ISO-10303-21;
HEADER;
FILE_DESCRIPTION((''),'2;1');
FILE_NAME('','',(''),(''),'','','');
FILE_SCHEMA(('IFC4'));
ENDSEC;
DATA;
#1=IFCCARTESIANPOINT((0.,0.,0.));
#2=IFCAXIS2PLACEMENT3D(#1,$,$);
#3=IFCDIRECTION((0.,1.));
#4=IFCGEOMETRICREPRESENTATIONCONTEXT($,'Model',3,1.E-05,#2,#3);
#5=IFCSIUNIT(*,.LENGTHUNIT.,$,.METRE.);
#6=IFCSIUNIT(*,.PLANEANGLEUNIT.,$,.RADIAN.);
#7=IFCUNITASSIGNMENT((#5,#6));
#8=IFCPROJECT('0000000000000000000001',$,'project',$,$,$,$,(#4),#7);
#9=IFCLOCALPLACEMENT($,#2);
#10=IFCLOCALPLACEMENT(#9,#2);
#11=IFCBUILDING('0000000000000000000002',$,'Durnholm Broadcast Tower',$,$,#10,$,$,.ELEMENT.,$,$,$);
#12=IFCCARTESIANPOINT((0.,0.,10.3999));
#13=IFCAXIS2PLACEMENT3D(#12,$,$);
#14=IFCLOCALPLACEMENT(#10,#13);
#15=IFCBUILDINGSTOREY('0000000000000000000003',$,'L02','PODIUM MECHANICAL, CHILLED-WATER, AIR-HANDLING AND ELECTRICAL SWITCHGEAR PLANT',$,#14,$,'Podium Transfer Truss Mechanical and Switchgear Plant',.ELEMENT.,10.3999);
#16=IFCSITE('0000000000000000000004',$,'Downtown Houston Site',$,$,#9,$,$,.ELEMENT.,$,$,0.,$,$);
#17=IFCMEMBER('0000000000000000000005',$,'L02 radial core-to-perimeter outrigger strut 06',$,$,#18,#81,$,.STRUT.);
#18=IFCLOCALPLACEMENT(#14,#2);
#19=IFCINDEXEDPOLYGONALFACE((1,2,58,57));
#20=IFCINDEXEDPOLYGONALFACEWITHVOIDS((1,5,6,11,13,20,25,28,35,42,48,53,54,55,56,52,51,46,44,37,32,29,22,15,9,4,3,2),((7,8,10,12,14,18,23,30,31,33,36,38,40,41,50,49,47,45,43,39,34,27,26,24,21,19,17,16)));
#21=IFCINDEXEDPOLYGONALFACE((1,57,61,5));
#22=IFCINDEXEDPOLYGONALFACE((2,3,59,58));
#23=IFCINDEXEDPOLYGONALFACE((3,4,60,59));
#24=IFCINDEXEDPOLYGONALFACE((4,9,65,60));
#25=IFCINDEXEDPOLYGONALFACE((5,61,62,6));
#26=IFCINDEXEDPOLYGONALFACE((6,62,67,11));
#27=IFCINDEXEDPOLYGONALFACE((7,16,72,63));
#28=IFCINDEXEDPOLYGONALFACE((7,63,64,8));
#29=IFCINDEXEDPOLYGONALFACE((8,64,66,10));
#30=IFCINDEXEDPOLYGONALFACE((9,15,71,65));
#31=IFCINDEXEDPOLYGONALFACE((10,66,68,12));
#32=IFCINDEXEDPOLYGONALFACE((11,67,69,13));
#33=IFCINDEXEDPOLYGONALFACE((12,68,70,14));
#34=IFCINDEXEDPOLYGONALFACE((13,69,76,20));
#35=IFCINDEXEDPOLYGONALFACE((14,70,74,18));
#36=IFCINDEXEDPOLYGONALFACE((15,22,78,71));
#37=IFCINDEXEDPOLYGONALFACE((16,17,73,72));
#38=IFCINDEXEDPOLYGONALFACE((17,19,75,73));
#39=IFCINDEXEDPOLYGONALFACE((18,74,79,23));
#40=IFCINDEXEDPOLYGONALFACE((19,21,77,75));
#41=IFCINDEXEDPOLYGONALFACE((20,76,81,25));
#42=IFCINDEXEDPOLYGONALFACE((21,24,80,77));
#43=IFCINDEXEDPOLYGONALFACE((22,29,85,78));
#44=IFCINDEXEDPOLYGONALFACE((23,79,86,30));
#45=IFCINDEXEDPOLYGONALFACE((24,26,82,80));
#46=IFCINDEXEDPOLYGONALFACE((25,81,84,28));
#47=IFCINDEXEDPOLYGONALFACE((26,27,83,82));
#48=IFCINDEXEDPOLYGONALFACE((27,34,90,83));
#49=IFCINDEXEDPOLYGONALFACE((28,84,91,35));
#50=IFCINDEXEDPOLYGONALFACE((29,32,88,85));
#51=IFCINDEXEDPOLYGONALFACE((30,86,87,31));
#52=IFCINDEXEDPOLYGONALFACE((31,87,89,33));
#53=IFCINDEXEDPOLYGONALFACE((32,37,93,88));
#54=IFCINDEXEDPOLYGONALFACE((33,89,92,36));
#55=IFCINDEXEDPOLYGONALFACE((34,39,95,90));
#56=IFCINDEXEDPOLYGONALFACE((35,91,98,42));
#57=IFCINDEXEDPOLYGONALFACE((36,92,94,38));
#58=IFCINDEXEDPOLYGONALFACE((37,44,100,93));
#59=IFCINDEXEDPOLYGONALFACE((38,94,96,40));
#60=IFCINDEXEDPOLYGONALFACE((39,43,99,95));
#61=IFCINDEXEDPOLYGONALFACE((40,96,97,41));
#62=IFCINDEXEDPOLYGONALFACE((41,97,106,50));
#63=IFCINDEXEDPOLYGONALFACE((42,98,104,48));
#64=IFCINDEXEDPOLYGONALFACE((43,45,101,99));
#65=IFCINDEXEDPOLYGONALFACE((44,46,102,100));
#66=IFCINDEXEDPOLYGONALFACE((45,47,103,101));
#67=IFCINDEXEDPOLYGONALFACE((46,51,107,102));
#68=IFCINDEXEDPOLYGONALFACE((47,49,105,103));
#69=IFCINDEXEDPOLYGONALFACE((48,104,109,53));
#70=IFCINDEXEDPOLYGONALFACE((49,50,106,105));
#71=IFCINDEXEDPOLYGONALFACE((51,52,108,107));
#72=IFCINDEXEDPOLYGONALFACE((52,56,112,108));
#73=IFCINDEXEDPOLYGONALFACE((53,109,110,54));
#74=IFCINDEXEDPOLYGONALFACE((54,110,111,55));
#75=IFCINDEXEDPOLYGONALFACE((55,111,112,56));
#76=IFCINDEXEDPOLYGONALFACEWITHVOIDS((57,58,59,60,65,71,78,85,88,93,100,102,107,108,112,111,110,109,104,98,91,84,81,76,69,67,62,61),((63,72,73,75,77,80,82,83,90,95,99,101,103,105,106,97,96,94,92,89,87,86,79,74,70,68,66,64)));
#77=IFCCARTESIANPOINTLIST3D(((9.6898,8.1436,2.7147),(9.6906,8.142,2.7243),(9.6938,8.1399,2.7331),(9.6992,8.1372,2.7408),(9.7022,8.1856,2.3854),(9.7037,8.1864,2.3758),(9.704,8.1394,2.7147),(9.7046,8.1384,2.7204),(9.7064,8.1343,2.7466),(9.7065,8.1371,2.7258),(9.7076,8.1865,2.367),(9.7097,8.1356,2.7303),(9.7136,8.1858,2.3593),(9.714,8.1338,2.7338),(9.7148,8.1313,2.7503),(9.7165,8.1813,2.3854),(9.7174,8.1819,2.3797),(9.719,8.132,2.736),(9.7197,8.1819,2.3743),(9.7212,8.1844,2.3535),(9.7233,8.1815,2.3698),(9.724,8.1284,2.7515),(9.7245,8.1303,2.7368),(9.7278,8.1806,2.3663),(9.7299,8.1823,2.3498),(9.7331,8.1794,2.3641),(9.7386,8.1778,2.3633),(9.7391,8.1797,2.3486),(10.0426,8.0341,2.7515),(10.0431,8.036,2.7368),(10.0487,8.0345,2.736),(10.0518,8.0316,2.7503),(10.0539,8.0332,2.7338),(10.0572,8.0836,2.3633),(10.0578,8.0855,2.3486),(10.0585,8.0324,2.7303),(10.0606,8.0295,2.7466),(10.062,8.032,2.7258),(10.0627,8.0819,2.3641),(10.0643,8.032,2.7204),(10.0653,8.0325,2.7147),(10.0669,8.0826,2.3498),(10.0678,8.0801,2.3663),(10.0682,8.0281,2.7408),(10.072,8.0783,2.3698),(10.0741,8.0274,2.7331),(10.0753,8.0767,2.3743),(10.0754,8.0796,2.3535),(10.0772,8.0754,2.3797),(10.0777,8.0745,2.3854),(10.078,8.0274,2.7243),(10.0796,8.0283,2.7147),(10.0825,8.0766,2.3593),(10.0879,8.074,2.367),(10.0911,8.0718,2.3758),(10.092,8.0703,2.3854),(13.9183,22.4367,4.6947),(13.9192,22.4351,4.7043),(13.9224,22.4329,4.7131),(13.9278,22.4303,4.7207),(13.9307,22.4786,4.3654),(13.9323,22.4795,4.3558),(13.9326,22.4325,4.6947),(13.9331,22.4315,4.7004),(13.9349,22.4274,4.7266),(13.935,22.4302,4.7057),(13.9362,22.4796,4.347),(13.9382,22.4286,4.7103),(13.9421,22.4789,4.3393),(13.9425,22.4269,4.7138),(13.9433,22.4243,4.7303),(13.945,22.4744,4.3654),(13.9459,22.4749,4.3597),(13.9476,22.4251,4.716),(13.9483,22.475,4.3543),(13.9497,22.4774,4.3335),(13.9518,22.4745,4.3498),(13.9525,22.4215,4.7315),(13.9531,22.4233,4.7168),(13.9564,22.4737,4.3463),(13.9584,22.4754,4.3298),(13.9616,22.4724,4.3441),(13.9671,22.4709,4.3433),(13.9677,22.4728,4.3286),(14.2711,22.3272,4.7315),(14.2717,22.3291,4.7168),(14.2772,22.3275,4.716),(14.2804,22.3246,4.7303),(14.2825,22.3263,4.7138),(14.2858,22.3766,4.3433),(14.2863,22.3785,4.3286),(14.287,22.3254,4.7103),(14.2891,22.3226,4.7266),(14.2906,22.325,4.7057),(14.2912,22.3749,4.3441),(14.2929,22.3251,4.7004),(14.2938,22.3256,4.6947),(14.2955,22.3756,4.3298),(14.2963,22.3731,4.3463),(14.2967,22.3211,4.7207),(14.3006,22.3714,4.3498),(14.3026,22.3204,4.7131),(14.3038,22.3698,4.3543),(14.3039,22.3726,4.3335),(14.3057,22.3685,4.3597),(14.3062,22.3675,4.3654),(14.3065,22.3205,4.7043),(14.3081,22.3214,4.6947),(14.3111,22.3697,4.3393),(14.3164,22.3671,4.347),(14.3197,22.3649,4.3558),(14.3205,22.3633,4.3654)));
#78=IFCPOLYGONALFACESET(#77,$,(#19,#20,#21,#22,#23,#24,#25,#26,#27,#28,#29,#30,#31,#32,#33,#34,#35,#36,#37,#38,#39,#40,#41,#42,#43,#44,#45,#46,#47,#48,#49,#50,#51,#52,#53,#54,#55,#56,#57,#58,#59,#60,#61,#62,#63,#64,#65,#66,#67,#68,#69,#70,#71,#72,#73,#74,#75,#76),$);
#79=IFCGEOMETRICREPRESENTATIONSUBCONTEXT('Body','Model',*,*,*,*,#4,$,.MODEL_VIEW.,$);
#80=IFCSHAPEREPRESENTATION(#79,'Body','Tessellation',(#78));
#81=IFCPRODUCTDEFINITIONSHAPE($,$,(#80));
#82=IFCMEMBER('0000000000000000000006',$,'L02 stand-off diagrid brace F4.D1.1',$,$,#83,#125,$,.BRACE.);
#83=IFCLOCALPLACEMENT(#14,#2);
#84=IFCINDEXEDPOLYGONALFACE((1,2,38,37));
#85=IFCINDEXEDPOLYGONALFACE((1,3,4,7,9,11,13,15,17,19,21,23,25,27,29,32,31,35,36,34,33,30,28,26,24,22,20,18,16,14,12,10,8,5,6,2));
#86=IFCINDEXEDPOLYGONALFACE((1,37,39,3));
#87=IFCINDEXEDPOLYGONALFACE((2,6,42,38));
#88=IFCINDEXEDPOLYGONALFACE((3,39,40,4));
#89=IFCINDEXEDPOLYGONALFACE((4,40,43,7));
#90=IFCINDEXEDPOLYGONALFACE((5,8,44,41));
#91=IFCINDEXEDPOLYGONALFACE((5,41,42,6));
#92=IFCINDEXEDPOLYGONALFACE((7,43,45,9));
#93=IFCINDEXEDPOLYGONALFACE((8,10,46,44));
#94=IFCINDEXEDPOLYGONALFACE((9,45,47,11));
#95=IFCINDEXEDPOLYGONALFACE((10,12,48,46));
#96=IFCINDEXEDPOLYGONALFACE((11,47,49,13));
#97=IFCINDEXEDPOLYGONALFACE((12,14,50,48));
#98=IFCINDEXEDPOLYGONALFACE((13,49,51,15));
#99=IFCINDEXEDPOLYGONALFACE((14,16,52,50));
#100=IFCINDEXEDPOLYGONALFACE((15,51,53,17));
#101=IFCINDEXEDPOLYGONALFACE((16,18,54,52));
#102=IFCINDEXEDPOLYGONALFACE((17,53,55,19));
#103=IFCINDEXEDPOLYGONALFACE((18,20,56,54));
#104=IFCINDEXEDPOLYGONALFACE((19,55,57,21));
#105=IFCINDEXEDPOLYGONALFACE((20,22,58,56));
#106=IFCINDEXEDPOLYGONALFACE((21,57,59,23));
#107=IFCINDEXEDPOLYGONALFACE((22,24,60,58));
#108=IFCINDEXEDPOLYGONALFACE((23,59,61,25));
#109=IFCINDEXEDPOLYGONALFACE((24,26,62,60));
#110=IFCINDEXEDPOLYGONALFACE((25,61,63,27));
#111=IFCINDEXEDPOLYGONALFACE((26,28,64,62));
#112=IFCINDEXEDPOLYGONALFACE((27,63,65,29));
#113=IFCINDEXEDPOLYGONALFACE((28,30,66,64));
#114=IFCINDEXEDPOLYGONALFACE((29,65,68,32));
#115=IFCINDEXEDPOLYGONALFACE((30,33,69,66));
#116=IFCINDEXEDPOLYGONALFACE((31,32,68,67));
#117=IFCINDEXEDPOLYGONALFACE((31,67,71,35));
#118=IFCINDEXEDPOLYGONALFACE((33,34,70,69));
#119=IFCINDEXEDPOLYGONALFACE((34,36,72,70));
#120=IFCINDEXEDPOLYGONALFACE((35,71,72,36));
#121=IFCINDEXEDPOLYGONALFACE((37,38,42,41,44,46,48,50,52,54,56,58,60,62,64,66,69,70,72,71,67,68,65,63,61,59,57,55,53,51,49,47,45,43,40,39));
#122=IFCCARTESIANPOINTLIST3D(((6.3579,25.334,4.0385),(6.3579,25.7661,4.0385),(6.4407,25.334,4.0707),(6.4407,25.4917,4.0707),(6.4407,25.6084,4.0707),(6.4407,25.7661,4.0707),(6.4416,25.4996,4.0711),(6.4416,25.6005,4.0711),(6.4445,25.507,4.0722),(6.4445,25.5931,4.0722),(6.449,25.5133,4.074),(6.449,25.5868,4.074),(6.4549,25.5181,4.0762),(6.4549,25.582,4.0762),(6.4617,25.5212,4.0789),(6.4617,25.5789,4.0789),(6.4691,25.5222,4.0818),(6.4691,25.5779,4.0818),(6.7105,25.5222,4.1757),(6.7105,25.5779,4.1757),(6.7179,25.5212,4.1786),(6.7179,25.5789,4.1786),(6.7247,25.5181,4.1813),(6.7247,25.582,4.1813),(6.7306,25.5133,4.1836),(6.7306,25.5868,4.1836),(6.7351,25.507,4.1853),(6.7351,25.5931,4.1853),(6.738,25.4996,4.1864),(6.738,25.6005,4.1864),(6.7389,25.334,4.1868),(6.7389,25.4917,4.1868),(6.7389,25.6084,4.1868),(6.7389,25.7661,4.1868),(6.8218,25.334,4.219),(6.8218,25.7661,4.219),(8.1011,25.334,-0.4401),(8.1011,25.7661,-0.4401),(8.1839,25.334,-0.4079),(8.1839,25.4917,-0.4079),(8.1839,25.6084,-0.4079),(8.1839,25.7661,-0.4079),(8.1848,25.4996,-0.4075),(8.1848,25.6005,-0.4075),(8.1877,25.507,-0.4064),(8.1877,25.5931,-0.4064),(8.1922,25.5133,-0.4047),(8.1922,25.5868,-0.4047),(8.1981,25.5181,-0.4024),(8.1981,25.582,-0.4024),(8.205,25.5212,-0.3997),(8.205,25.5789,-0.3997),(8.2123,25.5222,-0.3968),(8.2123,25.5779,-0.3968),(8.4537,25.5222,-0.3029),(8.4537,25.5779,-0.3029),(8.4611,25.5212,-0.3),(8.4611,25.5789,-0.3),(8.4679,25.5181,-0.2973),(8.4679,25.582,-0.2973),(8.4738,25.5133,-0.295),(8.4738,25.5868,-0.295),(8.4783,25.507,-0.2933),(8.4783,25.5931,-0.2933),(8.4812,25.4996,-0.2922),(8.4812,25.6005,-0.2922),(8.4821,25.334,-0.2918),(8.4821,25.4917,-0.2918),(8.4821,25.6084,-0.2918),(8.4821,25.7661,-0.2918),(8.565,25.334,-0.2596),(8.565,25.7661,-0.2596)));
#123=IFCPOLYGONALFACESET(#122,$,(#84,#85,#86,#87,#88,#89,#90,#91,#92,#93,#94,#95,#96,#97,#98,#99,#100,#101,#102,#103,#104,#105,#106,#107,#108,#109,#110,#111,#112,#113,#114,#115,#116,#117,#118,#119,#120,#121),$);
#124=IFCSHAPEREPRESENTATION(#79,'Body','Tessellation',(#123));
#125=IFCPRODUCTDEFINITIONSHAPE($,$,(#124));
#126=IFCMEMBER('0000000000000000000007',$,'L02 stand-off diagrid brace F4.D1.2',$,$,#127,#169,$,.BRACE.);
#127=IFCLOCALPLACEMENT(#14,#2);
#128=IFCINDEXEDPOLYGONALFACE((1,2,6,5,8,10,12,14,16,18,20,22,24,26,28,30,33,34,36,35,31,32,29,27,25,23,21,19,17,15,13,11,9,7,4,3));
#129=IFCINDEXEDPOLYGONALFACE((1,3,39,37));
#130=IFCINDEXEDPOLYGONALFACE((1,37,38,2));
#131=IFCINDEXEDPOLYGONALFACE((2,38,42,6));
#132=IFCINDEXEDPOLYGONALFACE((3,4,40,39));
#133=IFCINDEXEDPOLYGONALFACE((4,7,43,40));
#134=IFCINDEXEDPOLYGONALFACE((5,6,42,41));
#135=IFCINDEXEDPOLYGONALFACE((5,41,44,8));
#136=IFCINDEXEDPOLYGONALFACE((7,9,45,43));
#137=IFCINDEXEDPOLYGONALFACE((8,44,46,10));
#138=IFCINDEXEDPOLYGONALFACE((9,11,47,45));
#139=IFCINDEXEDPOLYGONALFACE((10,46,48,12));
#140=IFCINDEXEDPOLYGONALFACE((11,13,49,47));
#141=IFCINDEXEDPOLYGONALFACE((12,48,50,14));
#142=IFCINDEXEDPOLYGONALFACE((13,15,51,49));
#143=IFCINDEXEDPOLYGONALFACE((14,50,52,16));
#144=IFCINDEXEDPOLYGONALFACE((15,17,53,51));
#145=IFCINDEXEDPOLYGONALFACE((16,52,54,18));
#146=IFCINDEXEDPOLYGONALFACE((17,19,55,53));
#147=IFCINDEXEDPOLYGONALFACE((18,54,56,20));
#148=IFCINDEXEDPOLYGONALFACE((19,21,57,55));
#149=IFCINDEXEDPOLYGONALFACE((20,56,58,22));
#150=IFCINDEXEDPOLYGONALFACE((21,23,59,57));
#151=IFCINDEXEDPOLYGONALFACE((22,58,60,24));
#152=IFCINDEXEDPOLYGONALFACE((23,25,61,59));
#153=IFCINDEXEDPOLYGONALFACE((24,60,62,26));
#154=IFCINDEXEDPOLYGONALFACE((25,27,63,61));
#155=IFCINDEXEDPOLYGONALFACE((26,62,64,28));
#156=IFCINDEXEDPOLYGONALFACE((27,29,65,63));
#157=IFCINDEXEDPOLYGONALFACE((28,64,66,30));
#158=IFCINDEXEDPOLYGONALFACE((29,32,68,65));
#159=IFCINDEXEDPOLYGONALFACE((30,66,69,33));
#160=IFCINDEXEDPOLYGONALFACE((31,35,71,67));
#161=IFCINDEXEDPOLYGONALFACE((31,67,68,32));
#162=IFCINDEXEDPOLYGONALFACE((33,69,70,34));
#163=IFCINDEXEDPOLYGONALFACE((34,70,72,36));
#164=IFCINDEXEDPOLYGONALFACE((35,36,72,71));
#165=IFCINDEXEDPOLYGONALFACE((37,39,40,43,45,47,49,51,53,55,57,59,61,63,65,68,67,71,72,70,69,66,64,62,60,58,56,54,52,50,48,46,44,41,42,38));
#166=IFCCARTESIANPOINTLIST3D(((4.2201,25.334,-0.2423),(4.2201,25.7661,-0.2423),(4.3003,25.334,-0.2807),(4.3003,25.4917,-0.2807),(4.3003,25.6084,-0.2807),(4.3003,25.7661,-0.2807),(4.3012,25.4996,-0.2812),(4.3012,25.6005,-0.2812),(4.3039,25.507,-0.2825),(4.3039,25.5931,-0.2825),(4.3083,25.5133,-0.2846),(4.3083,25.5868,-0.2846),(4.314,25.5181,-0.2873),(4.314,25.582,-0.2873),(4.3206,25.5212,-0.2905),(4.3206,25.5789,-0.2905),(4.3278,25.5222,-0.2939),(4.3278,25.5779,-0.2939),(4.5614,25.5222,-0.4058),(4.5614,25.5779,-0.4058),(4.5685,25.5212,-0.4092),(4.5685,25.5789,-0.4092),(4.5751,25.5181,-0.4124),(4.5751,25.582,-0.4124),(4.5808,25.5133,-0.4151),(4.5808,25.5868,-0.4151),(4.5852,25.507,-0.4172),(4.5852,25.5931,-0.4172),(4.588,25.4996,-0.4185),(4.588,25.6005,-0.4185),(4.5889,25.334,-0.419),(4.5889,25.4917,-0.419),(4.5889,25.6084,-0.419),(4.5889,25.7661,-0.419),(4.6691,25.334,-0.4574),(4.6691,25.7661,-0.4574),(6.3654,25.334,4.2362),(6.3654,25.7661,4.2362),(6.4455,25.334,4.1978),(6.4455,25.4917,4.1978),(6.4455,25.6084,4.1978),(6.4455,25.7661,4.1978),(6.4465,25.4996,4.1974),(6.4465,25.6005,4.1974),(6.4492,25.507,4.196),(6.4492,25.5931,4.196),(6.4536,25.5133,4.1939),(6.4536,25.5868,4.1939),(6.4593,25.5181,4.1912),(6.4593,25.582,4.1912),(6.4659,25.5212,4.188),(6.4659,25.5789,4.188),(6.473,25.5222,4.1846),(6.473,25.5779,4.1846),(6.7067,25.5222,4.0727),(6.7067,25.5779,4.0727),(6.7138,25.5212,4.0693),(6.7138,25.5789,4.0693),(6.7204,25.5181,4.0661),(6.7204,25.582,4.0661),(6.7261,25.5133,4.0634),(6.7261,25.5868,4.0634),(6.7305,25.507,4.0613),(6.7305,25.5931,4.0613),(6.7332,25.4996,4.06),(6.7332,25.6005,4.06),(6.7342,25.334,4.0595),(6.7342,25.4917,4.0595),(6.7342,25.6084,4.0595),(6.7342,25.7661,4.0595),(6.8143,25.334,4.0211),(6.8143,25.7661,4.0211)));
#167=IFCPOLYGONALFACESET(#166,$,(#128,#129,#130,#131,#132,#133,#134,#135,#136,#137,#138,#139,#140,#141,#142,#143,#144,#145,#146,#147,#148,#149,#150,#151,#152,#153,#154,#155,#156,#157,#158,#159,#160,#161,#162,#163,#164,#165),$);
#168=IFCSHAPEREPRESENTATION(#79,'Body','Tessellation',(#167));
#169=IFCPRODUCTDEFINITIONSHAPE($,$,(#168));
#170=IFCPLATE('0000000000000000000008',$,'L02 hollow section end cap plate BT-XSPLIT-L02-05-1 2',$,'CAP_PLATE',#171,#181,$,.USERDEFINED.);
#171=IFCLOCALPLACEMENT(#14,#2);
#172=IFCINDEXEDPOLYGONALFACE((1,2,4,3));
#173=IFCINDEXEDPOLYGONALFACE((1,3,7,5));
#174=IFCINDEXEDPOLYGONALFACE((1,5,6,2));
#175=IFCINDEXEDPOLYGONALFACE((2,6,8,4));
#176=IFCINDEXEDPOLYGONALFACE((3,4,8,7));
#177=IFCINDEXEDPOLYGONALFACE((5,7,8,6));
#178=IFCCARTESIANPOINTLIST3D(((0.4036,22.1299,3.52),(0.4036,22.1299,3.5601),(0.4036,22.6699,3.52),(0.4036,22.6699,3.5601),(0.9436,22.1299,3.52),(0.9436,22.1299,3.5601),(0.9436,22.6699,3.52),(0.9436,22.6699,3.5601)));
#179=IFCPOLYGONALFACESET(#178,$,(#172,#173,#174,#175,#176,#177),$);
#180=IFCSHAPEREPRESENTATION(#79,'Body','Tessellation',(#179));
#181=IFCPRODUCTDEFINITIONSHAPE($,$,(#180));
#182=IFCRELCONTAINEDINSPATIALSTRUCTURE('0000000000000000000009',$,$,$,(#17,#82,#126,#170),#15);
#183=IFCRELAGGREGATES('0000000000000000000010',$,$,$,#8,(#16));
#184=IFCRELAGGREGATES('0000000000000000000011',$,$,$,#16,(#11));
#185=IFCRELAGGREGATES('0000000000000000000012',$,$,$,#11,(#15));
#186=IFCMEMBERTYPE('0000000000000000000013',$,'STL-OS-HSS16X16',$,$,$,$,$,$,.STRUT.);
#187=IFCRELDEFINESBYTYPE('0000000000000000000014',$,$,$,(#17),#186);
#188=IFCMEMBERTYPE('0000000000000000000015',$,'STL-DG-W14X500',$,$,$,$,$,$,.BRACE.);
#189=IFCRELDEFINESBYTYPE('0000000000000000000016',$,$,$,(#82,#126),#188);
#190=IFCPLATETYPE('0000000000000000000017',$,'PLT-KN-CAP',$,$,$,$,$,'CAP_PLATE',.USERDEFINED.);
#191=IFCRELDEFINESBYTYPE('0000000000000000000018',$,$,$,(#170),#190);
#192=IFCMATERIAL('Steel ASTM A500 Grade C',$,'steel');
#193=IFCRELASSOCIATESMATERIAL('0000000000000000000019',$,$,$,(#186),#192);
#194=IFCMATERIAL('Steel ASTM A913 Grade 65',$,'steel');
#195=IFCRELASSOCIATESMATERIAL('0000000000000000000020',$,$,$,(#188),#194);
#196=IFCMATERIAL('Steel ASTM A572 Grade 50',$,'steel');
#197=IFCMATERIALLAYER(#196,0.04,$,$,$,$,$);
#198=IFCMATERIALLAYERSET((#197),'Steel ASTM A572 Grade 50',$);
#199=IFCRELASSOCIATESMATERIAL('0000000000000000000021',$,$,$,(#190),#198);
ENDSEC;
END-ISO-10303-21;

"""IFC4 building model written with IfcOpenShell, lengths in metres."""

from ifc_helpers import new_model, si_unit, direction, frame, origin, origin_2d, place, context, subcontext, project, spatial, rectangle, hollow_rectangle, i_section, extrude, source, transform, mapped, material, layer, layer_set, material_profile, profile_set, type_object, type_shapes, element, save


model = new_model("IFC4")

# Units and contexts
model_context = context("Model", 3, precision=1e-05, world=origin(), true_north=direction((0.0, 1.0)))
body_context = subcontext(model_context, "Body", "Model", "MODEL_VIEW")
ifc_project = project(units=[si_unit("LENGTHUNIT", "METRE"), si_unit("PLANEANGLEUNIT", "RADIAN")], contexts=[model_context])

# Site, building, storey
site_placement = place(None, origin())
site = spatial("IfcSite", under=ifc_project, at=site_placement, Name="Downtown Houston Site", CompositionType="ELEMENT", RefElevation=0.0)
building_placement = place(site_placement, origin())
building = spatial("IfcBuilding", under=site, at=building_placement, Name="Durnholm Broadcast Tower", CompositionType="ELEMENT")
storey_placement = place(building_placement, frame((0.0, 0.0, 10.3999)))
storey = spatial("IfcBuildingStorey", under=building, at=storey_placement, Name="L02", Description="PODIUM MECHANICAL, CHILLED-WATER, AIR-HANDLING AND ELECTRICAL SWITCHGEAR PLANT", LongName="Podium Transfer Truss Mechanical and Switchgear Plant", CompositionType="ELEMENT", Elevation=10.3999)

# Members
ifc_material_1 = material(Name="Steel ASTM A500 Grade C", Category="steel")
ifc_material_profile_1 = material_profile(ifc_material_1, hollow_rectangle(XDim=0.4065, YDim=0.4065, WallThickness=0.0149, InnerFilletRadius=0.0222, OuterFilletRadius=0.0371, at=origin_2d()), Name="HSS16X16X5/8")
ifc_profile_set_1 = profile_set([ifc_material_profile_1], Name="Steel ASTM A500 Grade C")
member_type_1 = type_object("IfcMemberType", Name="STL-OS-HSS16X16", PredefinedType="STRUT", material=ifc_profile_set_1)
shared_shape_1 = source(origin(), body_context, "Body", "SweptSolid", [
    extrude(hollow_rectangle(XDim=0.4065, YDim=0.4065, WallThickness=0.0149, InnerFilletRadius=0.0222, OuterFilletRadius=0.0371, at=origin_2d()), origin(), (0.0, 0.0, 1.0), 15.0364),
])
type_shapes(member_type_1, [shared_shape_1])
member_1_placement = place(storey_placement, frame((9.8909, 8.1069, 2.55), z_axis=(0.281221, 0.950566, 0.13168), x_axis=(-0.958916, 0.283691, 0.0)))
element("IfcMember", 1, at=member_1_placement, inside=storey, type_object=member_type_1, Name="L02 radial core-to-perimeter outrigger strut 06", PredefinedType="STRUT", context=body_context, shape_type="MappedRepresentation", body=[
    mapped(shared_shape_1, transform((0.0, 0.0, 0.0), x_axis=(1.0, 0.0, 0.0), y_axis=(0.0, 1.0, 0.0), z_axis=(0.0, 0.0, 1.0), scale=1.0)),
])
ifc_material_2 = material(Name="Steel ASTM A913 Grade 65", Category="steel")
ifc_material_profile_2 = material_profile(ifc_material_2, i_section(OverallWidth=0.4321, OverallDepth=0.4978, WebThickness=0.0557, FlangeThickness=0.0889, FilletRadius=0.0305, at=origin_2d()), Name="W14X500")
ifc_profile_set_2 = profile_set([ifc_material_profile_2], Name="Steel ASTM A913 Grade 65")
member_type_2 = type_object("IfcMemberType", Name="STL-DG-W14X500", PredefinedType="BRACE", material=ifc_profile_set_2)
shared_shape_2 = source(origin(), body_context, "Body", "SweptSolid", [
    extrude(i_section(OverallWidth=0.4321, OverallDepth=0.4978, WebThickness=0.0557, FlangeThickness=0.0889, FilletRadius=0.0305, at=origin_2d()), origin(), (0.0, 0.0, 1.0), 4.8059),
])
member_2_placement = place(storey_placement, frame((8.333, 25.55, -0.3499), z_axis=(-0.362721, 0.0, 0.931898), x_axis=(0.0, -1.0, 0.0)))
element("IfcMember", 2, at=member_2_placement, inside=storey, type_object=member_type_2, Name="L02 stand-off diagrid brace F4.D1.1", PredefinedType="BRACE", context=body_context, shape_type="MappedRepresentation", body=[
    mapped(shared_shape_2, transform((0.0, 0.0, 0.0), x_axis=(1.0, 0.0, 0.0), y_axis=(0.0, 1.0, 0.0), z_axis=(0.0, 0.0, 1.0), scale=1.0)),
])
shared_shape_3 = source(origin(), body_context, "Body", "SweptSolid", [
    extrude(i_section(OverallWidth=0.4321, OverallDepth=0.4978, WebThickness=0.0557, FlangeThickness=0.0889, FilletRadius=0.0305, at=origin_2d()), origin(), (0.0, 0.0, 1.0), 4.9658),
])
type_shapes(member_type_2, [shared_shape_2, shared_shape_3])
member_3_placement = place(storey_placement, frame((4.4446, 25.55, -0.3499), z_axis=(0.432007, 0.0, 0.90187), x_axis=(0.0, 1.0, 0.0)))
element("IfcMember", 3, at=member_3_placement, inside=storey, type_object=member_type_2, Name="L02 stand-off diagrid brace F4.D1.2", PredefinedType="BRACE", context=body_context, shape_type="MappedRepresentation", body=[
    mapped(shared_shape_3, transform((0.0, 0.0, 0.0), x_axis=(1.0, 0.0, 0.0), y_axis=(0.0, 1.0, 0.0), z_axis=(0.0, 0.0, 1.0), scale=1.0)),
])

# Plate
ifc_material_3 = material(Name="Steel ASTM A572 Grade 50", Category="steel")
ifc_layer_1 = layer(ifc_material_3, 0.04)
ifc_layer_set_1 = layer_set([ifc_layer_1], Name="Steel ASTM A572 Grade 50")
plate_type_1 = type_object("IfcPlateType", Name="PLT-KN-CAP", ElementType="CAP_PLATE", PredefinedType="USERDEFINED", material=ifc_layer_set_1)
shared_shape_4 = source(origin(), body_context, "Body", "SweptSolid", [
    extrude(rectangle(XDim=0.54, YDim=0.54, at=origin_2d()), origin(), (0.0, 0.0, 1.0), 0.04),
])
type_shapes(plate_type_1, [shared_shape_4])
for number, where, z_axis, x_axis, name in (
    (4, (0.6736, 22.3999, 3.52), (0.0, 0.0, 1.0), (-1.0, 0.0, 0.0), "L02 hollow section end cap plate BT-XSPLIT-L02-05-1 2"),
):
    element("IfcPlate", number, at=place(storey_placement, frame(where, z_axis=z_axis, x_axis=x_axis)), inside=storey, type_object=plate_type_1, Name=name, ObjectType="CAP_PLATE", PredefinedType="USERDEFINED", context=body_context, shape_type="MappedRepresentation", body=[
        mapped(shared_shape_4, transform((0.0, 0.0, 0.0), x_axis=(1.0, 0.0, 0.0), y_axis=(0.0, 1.0, 0.0), z_axis=(0.0, 0.0, 1.0), scale=1.0)),
    ])

save(model, "model.ifc")
